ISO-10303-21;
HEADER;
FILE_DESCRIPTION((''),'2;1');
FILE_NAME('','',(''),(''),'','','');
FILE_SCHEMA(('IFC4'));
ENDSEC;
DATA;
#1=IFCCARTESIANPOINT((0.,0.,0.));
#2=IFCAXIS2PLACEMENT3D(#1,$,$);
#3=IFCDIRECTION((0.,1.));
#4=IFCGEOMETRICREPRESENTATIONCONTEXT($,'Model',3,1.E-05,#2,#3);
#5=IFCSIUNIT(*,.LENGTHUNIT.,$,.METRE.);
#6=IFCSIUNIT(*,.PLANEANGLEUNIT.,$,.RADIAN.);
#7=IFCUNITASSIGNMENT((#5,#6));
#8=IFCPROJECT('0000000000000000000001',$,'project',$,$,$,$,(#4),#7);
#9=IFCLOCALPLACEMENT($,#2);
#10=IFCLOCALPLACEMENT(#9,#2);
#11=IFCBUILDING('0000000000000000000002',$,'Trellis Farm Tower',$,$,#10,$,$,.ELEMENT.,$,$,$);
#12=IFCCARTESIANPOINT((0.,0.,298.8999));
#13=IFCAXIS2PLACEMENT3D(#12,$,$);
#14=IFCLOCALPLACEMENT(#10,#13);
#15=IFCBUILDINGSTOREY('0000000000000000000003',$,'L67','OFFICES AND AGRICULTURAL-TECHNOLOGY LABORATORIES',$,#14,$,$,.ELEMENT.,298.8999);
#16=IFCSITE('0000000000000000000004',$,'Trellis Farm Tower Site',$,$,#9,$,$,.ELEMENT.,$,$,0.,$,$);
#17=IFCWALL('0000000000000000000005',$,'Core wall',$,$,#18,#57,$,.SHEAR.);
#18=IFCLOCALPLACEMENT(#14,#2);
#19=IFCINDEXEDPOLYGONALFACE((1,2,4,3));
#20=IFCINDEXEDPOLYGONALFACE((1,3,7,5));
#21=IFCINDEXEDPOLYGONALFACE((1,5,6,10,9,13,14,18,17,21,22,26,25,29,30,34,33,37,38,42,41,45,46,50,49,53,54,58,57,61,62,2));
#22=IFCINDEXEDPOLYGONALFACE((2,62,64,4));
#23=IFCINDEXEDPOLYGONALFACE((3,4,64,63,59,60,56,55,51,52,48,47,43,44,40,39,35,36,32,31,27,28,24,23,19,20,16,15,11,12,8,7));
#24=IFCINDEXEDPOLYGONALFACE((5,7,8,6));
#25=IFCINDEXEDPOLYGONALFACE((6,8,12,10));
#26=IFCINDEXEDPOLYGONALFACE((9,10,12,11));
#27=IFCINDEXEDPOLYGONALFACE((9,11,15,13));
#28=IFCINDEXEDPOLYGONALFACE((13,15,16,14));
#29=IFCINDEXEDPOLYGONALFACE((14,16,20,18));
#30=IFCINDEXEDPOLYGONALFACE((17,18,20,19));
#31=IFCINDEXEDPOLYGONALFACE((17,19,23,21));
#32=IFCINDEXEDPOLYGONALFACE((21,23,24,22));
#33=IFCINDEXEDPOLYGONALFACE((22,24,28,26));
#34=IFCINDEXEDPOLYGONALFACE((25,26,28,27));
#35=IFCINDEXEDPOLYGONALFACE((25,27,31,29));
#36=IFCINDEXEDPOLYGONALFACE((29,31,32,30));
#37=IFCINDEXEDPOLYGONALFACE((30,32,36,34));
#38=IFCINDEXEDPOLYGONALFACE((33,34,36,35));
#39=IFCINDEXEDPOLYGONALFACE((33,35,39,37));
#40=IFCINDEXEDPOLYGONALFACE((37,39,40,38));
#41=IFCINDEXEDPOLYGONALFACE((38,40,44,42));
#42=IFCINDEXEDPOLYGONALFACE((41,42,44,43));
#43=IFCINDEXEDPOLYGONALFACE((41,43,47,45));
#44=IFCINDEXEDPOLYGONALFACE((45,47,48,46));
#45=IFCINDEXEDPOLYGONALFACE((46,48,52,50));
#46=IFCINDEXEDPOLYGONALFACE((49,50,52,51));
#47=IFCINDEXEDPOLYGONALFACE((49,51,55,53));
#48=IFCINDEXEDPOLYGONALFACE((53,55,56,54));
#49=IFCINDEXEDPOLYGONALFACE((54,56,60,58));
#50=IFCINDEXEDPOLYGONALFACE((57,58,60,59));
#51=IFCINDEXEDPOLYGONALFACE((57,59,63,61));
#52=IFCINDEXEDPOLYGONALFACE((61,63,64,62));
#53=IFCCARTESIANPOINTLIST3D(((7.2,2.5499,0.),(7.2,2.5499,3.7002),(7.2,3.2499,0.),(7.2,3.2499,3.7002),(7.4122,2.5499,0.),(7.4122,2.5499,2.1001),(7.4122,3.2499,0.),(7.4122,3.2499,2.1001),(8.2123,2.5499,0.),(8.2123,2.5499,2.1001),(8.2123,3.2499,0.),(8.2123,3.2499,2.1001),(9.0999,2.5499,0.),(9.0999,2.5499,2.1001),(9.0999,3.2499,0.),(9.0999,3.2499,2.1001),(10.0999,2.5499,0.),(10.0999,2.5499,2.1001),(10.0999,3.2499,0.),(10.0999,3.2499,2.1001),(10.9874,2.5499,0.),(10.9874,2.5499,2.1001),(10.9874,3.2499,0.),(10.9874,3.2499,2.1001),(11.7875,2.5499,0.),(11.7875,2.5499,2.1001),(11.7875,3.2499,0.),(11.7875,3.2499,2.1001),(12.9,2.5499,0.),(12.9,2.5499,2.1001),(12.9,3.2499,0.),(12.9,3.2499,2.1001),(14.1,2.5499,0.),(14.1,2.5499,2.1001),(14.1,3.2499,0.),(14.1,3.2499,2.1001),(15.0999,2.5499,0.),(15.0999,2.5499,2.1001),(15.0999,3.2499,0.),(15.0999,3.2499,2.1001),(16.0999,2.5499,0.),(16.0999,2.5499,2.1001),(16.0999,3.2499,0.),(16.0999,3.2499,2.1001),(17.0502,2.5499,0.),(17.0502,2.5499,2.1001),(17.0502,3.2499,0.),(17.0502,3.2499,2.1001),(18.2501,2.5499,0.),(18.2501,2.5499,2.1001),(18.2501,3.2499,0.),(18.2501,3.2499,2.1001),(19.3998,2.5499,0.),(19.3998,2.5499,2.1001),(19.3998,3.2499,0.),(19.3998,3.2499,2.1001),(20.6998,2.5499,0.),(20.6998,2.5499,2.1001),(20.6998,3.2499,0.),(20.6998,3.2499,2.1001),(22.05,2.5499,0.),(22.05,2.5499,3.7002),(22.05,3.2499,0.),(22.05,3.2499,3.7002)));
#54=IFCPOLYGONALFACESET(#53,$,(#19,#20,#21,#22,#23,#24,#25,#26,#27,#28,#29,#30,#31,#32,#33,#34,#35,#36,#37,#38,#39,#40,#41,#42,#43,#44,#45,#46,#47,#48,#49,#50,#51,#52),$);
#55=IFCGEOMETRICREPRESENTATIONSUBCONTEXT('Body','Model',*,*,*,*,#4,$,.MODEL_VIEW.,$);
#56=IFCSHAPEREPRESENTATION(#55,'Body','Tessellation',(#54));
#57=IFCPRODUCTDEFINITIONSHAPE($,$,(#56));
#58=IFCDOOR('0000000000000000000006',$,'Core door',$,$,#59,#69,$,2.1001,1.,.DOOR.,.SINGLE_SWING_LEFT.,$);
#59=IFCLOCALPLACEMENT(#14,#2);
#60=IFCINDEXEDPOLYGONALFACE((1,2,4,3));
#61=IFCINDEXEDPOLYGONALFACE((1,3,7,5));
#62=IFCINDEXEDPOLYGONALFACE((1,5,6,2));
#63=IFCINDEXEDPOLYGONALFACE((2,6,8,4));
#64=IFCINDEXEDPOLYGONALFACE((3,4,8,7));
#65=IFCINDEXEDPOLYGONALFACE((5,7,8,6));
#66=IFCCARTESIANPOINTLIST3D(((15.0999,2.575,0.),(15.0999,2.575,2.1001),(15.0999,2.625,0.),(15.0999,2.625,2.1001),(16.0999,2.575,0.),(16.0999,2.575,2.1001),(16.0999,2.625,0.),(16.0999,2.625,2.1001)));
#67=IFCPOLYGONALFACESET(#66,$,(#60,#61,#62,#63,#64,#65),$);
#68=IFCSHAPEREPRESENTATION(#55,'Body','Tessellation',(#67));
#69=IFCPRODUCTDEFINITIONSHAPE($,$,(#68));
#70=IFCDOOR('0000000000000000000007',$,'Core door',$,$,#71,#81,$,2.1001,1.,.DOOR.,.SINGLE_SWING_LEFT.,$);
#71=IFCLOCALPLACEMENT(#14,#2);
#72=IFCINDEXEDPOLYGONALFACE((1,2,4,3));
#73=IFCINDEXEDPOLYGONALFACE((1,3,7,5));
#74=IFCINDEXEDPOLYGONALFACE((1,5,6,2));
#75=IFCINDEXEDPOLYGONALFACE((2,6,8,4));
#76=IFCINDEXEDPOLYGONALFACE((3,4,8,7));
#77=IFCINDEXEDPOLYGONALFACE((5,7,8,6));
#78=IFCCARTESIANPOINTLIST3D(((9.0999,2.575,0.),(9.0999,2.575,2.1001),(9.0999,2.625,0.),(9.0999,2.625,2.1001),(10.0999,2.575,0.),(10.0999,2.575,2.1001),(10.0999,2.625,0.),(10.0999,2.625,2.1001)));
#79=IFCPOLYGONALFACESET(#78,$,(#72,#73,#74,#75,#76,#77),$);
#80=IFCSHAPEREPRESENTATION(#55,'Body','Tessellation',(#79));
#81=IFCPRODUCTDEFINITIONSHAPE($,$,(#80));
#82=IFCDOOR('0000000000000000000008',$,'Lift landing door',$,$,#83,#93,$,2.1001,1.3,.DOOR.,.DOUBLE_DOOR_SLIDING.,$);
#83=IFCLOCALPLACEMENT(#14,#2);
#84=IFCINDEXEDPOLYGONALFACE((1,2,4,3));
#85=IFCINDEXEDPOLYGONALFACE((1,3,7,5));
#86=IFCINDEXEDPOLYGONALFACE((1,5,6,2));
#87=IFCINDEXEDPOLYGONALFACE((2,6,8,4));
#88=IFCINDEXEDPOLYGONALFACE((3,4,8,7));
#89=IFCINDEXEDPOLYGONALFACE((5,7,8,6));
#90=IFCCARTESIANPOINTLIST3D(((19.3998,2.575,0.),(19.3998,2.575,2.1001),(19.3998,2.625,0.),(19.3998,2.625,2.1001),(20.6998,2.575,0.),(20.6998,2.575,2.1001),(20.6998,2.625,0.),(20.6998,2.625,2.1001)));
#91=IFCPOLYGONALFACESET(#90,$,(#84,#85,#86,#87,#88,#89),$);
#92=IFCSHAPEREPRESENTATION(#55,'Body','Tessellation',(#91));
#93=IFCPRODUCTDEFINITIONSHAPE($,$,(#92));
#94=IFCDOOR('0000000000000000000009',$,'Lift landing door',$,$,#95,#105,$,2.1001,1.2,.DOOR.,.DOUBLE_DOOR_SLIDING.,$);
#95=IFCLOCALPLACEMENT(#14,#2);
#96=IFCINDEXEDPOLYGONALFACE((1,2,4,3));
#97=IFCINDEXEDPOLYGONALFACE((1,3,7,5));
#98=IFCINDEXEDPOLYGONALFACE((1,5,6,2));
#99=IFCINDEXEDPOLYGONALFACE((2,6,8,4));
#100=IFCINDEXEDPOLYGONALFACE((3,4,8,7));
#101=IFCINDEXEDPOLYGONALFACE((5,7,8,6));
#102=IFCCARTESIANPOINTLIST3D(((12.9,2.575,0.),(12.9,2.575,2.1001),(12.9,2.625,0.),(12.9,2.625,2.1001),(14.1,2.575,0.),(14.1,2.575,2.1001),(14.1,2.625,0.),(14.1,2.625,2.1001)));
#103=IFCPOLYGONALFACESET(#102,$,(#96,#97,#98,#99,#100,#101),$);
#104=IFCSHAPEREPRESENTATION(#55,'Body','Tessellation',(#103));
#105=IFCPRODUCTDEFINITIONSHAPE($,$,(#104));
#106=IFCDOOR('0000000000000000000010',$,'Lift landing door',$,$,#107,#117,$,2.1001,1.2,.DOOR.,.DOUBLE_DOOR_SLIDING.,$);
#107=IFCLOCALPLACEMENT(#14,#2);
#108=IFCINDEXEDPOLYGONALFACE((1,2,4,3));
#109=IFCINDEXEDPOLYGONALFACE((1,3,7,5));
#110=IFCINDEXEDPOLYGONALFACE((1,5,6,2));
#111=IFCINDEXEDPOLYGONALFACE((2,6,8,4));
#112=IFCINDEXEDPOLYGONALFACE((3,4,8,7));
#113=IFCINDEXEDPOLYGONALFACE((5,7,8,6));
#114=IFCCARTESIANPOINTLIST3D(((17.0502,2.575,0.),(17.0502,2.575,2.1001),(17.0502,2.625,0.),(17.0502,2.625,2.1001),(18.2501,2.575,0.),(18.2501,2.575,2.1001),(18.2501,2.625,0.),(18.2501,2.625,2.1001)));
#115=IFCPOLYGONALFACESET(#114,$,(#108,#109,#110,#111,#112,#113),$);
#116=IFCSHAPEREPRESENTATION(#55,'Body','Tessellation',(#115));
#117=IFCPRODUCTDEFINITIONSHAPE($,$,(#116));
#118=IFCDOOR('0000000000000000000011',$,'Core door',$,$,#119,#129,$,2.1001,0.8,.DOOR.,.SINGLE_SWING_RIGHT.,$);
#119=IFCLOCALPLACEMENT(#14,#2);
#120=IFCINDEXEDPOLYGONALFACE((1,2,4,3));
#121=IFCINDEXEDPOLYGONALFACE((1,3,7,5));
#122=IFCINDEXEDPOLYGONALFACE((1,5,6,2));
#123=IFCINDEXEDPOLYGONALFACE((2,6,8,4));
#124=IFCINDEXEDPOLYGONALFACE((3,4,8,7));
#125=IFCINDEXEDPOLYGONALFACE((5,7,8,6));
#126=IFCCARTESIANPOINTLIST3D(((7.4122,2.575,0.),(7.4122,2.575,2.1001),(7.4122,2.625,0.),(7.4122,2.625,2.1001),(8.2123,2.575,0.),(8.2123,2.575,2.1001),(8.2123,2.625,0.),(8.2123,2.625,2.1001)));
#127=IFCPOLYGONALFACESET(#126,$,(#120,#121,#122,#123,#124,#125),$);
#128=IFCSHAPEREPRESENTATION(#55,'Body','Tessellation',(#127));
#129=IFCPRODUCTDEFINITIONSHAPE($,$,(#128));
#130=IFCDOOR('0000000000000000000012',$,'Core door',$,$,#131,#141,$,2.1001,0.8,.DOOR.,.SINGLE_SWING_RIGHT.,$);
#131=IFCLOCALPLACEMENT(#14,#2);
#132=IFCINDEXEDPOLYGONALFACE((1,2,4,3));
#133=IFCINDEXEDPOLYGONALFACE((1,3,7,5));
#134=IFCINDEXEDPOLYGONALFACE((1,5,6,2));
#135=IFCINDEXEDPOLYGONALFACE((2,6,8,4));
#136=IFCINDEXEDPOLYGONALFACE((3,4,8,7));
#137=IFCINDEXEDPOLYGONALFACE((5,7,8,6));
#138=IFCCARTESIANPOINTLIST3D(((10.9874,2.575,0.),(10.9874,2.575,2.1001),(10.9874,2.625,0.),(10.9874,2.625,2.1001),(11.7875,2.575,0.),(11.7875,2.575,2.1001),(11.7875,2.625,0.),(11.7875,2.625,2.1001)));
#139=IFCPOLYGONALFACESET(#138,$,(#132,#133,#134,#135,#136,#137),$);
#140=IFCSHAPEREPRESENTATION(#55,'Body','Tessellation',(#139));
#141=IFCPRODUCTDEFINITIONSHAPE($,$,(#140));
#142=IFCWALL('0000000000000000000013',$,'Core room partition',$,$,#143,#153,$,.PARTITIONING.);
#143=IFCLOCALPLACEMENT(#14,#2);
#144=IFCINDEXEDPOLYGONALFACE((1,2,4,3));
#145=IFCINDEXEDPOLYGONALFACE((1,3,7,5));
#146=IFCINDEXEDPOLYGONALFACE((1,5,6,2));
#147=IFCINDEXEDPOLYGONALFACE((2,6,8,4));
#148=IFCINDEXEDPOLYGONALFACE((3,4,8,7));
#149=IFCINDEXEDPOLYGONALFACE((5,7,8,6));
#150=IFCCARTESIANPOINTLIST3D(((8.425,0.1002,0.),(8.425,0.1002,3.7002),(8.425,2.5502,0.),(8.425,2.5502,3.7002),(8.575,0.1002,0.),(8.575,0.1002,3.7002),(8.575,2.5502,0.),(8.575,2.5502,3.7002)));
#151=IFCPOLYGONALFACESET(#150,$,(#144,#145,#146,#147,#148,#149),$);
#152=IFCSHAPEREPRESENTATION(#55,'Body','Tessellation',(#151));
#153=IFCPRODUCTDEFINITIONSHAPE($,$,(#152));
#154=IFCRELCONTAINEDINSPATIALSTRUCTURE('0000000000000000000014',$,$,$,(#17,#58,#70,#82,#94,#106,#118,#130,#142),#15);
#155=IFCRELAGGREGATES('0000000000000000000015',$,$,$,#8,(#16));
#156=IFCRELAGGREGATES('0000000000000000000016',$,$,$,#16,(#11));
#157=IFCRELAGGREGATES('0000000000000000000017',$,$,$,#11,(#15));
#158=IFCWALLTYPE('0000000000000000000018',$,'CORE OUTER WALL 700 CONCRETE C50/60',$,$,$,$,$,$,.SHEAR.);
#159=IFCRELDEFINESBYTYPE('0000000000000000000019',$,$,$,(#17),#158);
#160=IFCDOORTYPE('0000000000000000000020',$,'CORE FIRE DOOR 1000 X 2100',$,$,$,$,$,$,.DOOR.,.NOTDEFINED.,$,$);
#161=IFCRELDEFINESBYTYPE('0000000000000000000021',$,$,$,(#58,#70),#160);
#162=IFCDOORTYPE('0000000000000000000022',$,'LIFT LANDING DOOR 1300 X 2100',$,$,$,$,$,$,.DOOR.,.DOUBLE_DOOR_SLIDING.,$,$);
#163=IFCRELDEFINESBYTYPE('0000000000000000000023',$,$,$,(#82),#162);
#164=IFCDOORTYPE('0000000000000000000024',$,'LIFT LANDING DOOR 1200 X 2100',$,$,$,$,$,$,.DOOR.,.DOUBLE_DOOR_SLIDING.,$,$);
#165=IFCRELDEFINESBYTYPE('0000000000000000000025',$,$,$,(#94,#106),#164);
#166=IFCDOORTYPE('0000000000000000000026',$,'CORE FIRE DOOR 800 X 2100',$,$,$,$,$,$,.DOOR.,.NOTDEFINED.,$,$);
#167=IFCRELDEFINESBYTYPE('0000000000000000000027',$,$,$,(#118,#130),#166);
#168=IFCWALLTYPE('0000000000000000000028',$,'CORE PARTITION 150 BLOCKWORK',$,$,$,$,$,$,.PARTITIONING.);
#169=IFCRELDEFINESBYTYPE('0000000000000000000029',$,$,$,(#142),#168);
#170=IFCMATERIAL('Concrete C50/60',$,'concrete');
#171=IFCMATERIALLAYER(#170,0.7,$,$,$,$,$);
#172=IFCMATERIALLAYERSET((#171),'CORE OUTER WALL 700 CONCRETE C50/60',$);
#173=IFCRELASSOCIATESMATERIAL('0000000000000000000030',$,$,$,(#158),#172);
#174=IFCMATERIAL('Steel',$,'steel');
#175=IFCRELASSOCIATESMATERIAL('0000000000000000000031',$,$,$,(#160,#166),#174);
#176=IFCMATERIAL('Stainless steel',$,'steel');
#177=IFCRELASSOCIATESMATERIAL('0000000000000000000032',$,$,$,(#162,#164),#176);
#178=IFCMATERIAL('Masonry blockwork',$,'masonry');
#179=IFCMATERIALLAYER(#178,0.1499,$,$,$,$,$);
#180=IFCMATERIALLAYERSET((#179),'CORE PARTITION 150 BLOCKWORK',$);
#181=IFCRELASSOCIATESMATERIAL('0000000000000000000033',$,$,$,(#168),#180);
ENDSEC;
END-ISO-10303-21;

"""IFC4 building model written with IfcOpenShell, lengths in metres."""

from ifc_helpers import new_model, si_unit, direction, frame, frame_2d, origin, place, context, subcontext, project, spatial, rectangle, extrude, source, transform, mapped, material, layer, layer_set, type_object, element, fill, save


model = new_model("IFC4")

# Units and contexts
model_context = context("Model", 3, precision=1e-05, world=origin(), true_north=direction((0.0, 1.0)))
body_context = subcontext(model_context, "Body", "Model", "MODEL_VIEW")
ifc_project = project(units=[si_unit("LENGTHUNIT", "METRE"), si_unit("PLANEANGLEUNIT", "RADIAN")], contexts=[model_context])

# Site, building, storey
site_placement = place(None, origin())
site = spatial("IfcSite", under=ifc_project, at=site_placement, Name="Trellis Farm Tower Site", CompositionType="ELEMENT", RefElevation=0.0)
building_placement = place(site_placement, origin())
building = spatial("IfcBuilding", under=site, at=building_placement, Name="Trellis Farm Tower", CompositionType="ELEMENT")
storey_placement = place(building_placement, frame((0.0, 0.0, 298.8999)))
storey = spatial("IfcBuildingStorey", under=building, at=storey_placement, Name="L67", Description="OFFICES AND AGRICULTURAL-TECHNOLOGY LABORATORIES", CompositionType="ELEMENT", Elevation=298.8999)

# Wall, openings, doors
ifc_material_1 = material(Name="Concrete C50/60", Category="concrete")
ifc_layer_1 = layer(ifc_material_1, 0.7)
ifc_layer_set_1 = layer_set([ifc_layer_1], Name="CORE OUTER WALL 700 CONCRETE C50/60")
wall_type_1 = type_object("IfcWallType", Name="CORE OUTER WALL 700 CONCRETE C50/60", PredefinedType="SHEAR", material=ifc_layer_set_1)
shared_shape_1 = source(origin(), body_context, "Body", "SweptSolid", [
    extrude(rectangle(XDim=14.8501, YDim=0.7, at=frame_2d((7.425, 0.0))), origin(), (0.0, 0.0, 1.0), 3.7002),
])
wall_1_placement = place(storey_placement, frame((7.2, 2.8999, 0.0), z_axis=(0.0, 0.0, 1.0), x_axis=(1.0, 0.0, 0.0)))
wall_1 = element("IfcWall", 1, at=wall_1_placement, inside=storey, type_object=wall_type_1, Name="Core wall", PredefinedType="SHEAR", context=body_context, shape_type="MappedRepresentation", body=[
    mapped(shared_shape_1, transform((0.0, 0.0, 0.0))),
])
shared_shape_2 = source(origin(), body_context, "Body", "SweptSolid", [
    extrude(rectangle(XDim=1.2, YDim=2.1001, at=frame_2d((0.6001, 1.05))), frame((0.0, 0.3601, 0.0), z_axis=(0.0, -1.0, 0.0), x_axis=(1.0, 0.0, 0.0)), (0.0, 0.0, 1.0), 0.7202),
])
opening_1_placement = place(wall_1_placement, frame((5.7, 0.0, 0.0)))
opening_1 = element("IfcOpeningElement", 2, at=opening_1_placement, cuts=wall_1, PredefinedType="OPENING", context=body_context, shape_type="MappedRepresentation", body=[
    mapped(shared_shape_2, transform((0.0, 0.0, 0.0))),
])
shared_shape_3 = source(origin(), body_context, "Body", "SweptSolid", [
    extrude(rectangle(XDim=1.3, YDim=2.1001, at=frame_2d((0.6499, 1.05))), frame((0.0, 0.3601, 0.0), z_axis=(0.0, -1.0, 0.0), x_axis=(1.0, 0.0, 0.0)), (0.0, 0.0, 1.0), 0.7202),
])
opening_2_placement = place(wall_1_placement, frame((12.2, 0.0, 0.0)))
opening_2 = element("IfcOpeningElement", 3, at=opening_2_placement, cuts=wall_1, PredefinedType="OPENING", context=body_context, shape_type="MappedRepresentation", body=[
    mapped(shared_shape_3, transform((0.0, 0.0, 0.0))),
])
opening_3_placement = place(wall_1_placement, frame((9.8501, 0.0, 0.0)))
opening_3 = element("IfcOpeningElement", 4, at=opening_3_placement, cuts=wall_1, PredefinedType="OPENING", context=body_context, shape_type="MappedRepresentation", body=[
    mapped(shared_shape_2, transform((0.0, 0.0, 0.0))),
])
shared_shape_4 = source(origin(), body_context, "Body", "SweptSolid", [
    extrude(rectangle(XDim=1.0, YDim=2.1001, at=frame_2d((0.5, 1.05))), frame((0.0, 0.3601, 0.0), z_axis=(0.0, -1.0, 0.0), x_axis=(1.0, 0.0, 0.0)), (0.0, 0.0, 1.0), 0.7202),
])
opening_4_placement = place(wall_1_placement, frame((7.8999, 0.0, 0.0)))
opening_4 = element("IfcOpeningElement", 5, at=opening_4_placement, cuts=wall_1, PredefinedType="OPENING", context=body_context, shape_type="MappedRepresentation", body=[
    mapped(shared_shape_4, transform((0.0, 0.0, 0.0))),
])
shared_shape_5 = source(origin(), body_context, "Body", "SweptSolid", [
    extrude(rectangle(XDim=0.8, YDim=2.1001, at=frame_2d((0.3999, 1.05))), frame((0.0, 0.3601, 0.0), z_axis=(0.0, -1.0, 0.0), x_axis=(1.0, 0.0, 0.0)), (0.0, 0.0, 1.0), 0.7202),
])
opening_5_placement = place(wall_1_placement, frame((0.2124, 0.0, 0.0)))
opening_5 = element("IfcOpeningElement", 6, at=opening_5_placement, cuts=wall_1, PredefinedType="OPENING", context=body_context, shape_type="MappedRepresentation", body=[
    mapped(shared_shape_5, transform((0.0, 0.0, 0.0))),
])
opening_6_placement = place(wall_1_placement, frame((1.8999, 0.0, 0.0)))
opening_6 = element("IfcOpeningElement", 7, at=opening_6_placement, cuts=wall_1, PredefinedType="OPENING", context=body_context, shape_type="MappedRepresentation", body=[
    mapped(shared_shape_4, transform((0.0, 0.0, 0.0))),
])
opening_7_placement = place(wall_1_placement, frame((3.7876, 0.0, 0.0)))
opening_7 = element("IfcOpeningElement", 8, at=opening_7_placement, cuts=wall_1, PredefinedType="OPENING", context=body_context, shape_type="MappedRepresentation", body=[
    mapped(shared_shape_5, transform((0.0, 0.0, 0.0))),
])
ifc_material_2 = material(Name="Steel", Category="steel")
door_type_1 = type_object("IfcDoorType", Name="CORE FIRE DOOR 1000 X 2100", OperationType="NOTDEFINED", PredefinedType="DOOR", material=ifc_material_2)
shared_shape_6 = source(origin(), body_context, "Body", "SweptSolid", [
    extrude(rectangle(XDim=1.0, YDim=2.1001, at=frame_2d((0.5, 1.05))), frame((0.0, -0.2749, 0.0), z_axis=(0.0, -1.0, 0.0), x_axis=(1.0, 0.0, 0.0)), (0.0, 0.0, 1.0), 0.05),
])
door_1_placement = place(opening_4_placement, origin())
door_1 = element("IfcDoor", 9, at=door_1_placement, inside=storey, type_object=door_type_1, Name="Core door", OperationType="SINGLE_SWING_LEFT", OverallHeight=2.1001, OverallWidth=1.0, PredefinedType="DOOR", context=body_context, shape_type="MappedRepresentation", body=[
    mapped(shared_shape_6, transform((0.0, 0.0, 0.0))),
])
fill(opening_4, door_1)
door_2_placement = place(opening_6_placement, origin())
door_2 = element("IfcDoor", 10, at=door_2_placement, inside=storey, type_object=door_type_1, Name="Core door", OperationType="SINGLE_SWING_LEFT", OverallHeight=2.1001, OverallWidth=1.0, PredefinedType="DOOR", context=body_context, shape_type="MappedRepresentation", body=[
    mapped(shared_shape_6, transform((0.0, 0.0, 0.0))),
])
fill(opening_6, door_2)
ifc_material_3 = material(Name="Stainless steel", Category="steel")
door_type_2 = type_object("IfcDoorType", Name="LIFT LANDING DOOR 1300 X 2100", OperationType="DOUBLE_DOOR_SLIDING", PredefinedType="DOOR", material=ifc_material_3)
shared_shape_7 = source(origin(), body_context, "Body", "SweptSolid", [
    extrude(rectangle(XDim=1.3, YDim=2.1001, at=frame_2d((0.6499, 1.05))), frame((0.0, -0.2749, 0.0), z_axis=(0.0, -1.0, 0.0), x_axis=(1.0, 0.0, 0.0)), (0.0, 0.0, 1.0), 0.05),
])
door_3_placement = place(opening_2_placement, origin())
door_3 = element("IfcDoor", 11, at=door_3_placement, inside=storey, type_object=door_type_2, Name="Lift landing door", OperationType="DOUBLE_DOOR_SLIDING", OverallHeight=2.1001, OverallWidth=1.3, PredefinedType="DOOR", context=body_context, shape_type="MappedRepresentation", body=[
    mapped(shared_shape_7, transform((0.0, 0.0, 0.0))),
])
fill(opening_2, door_3)
door_type_3 = type_object("IfcDoorType", Name="LIFT LANDING DOOR 1200 X 2100", OperationType="DOUBLE_DOOR_SLIDING", PredefinedType="DOOR", material=ifc_material_3)
shared_shape_8 = source(origin(), body_context, "Body", "SweptSolid", [
    extrude(rectangle(XDim=1.2, YDim=2.1001, at=frame_2d((0.6001, 1.05))), frame((0.0, -0.2749, 0.0), z_axis=(0.0, -1.0, 0.0), x_axis=(1.0, 0.0, 0.0)), (0.0, 0.0, 1.0), 0.05),
])
door_4_placement = place(opening_1_placement, origin())
door_4 = element("IfcDoor", 12, at=door_4_placement, inside=storey, type_object=door_type_3, Name="Lift landing door", OperationType="DOUBLE_DOOR_SLIDING", OverallHeight=2.1001, OverallWidth=1.2, PredefinedType="DOOR", context=body_context, shape_type="MappedRepresentation", body=[
    mapped(shared_shape_8, transform((0.0, 0.0, 0.0))),
])
fill(opening_1, door_4)
door_5_placement = place(opening_3_placement, origin())
door_5 = element("IfcDoor", 13, at=door_5_placement, inside=storey, type_object=door_type_3, Name="Lift landing door", OperationType="DOUBLE_DOOR_SLIDING", OverallHeight=2.1001, OverallWidth=1.2, PredefinedType="DOOR", context=body_context, shape_type="MappedRepresentation", body=[
    mapped(shared_shape_8, transform((0.0, 0.0, 0.0))),
])
fill(opening_3, door_5)
door_type_4 = type_object("IfcDoorType", Name="CORE FIRE DOOR 800 X 2100", OperationType="NOTDEFINED", PredefinedType="DOOR", material=ifc_material_2)
shared_shape_9 = source(origin(), body_context, "Body", "SweptSolid", [
    extrude(rectangle(XDim=0.8, YDim=2.1001, at=frame_2d((0.3999, 1.05))), frame((0.0, -0.2749, 0.0), z_axis=(0.0, -1.0, 0.0), x_axis=(1.0, 0.0, 0.0)), (0.0, 0.0, 1.0), 0.05),
])
door_6_placement = place(opening_5_placement, origin())
door_6 = element("IfcDoor", 14, at=door_6_placement, inside=storey, type_object=door_type_4, Name="Core door", OperationType="SINGLE_SWING_RIGHT", OverallHeight=2.1001, OverallWidth=0.8, PredefinedType="DOOR", context=body_context, shape_type="MappedRepresentation", body=[
    mapped(shared_shape_9, transform((0.0, 0.0, 0.0))),
])
fill(opening_5, door_6)
door_7_placement = place(opening_7_placement, origin())
door_7 = element("IfcDoor", 15, at=door_7_placement, inside=storey, type_object=door_type_4, Name="Core door", OperationType="SINGLE_SWING_RIGHT", OverallHeight=2.1001, OverallWidth=0.8, PredefinedType="DOOR", context=body_context, shape_type="MappedRepresentation", body=[
    mapped(shared_shape_9, transform((0.0, 0.0, 0.0))),
])
fill(opening_7, door_7)

# Wall
ifc_material_4 = material(Name="Masonry blockwork", Category="masonry")
ifc_layer_2 = layer(ifc_material_4, 0.1499)
ifc_layer_set_2 = layer_set([ifc_layer_2], Name="CORE PARTITION 150 BLOCKWORK")
wall_type_2 = type_object("IfcWallType", Name="CORE PARTITION 150 BLOCKWORK", PredefinedType="PARTITIONING", material=ifc_layer_set_2)
shared_shape_10 = source(origin(), body_context, "Body", "SweptSolid", [
    extrude(rectangle(XDim=2.45, YDim=0.1499, at=frame_2d((1.2251, 0.0))), origin(), (0.0, 0.0, 1.0), 3.7002),
])
for number, where, z_axis, x_axis, name in (
    (16, (8.5, 0.1001, 0.0), (0.0, 0.0, 1.0), (0.0, 1.0, 0.0), "Core room partition"),
):
    element("IfcWall", number, at=place(storey_placement, frame(where, z_axis=z_axis, x_axis=x_axis)), inside=storey, type_object=wall_type_2, Name=name, PredefinedType="PARTITIONING", context=body_context, shape_type="MappedRepresentation", body=[
        mapped(shared_shape_10, transform((0.0, 0.0, 0.0))),
    ])

save(model, "model.ifc")
